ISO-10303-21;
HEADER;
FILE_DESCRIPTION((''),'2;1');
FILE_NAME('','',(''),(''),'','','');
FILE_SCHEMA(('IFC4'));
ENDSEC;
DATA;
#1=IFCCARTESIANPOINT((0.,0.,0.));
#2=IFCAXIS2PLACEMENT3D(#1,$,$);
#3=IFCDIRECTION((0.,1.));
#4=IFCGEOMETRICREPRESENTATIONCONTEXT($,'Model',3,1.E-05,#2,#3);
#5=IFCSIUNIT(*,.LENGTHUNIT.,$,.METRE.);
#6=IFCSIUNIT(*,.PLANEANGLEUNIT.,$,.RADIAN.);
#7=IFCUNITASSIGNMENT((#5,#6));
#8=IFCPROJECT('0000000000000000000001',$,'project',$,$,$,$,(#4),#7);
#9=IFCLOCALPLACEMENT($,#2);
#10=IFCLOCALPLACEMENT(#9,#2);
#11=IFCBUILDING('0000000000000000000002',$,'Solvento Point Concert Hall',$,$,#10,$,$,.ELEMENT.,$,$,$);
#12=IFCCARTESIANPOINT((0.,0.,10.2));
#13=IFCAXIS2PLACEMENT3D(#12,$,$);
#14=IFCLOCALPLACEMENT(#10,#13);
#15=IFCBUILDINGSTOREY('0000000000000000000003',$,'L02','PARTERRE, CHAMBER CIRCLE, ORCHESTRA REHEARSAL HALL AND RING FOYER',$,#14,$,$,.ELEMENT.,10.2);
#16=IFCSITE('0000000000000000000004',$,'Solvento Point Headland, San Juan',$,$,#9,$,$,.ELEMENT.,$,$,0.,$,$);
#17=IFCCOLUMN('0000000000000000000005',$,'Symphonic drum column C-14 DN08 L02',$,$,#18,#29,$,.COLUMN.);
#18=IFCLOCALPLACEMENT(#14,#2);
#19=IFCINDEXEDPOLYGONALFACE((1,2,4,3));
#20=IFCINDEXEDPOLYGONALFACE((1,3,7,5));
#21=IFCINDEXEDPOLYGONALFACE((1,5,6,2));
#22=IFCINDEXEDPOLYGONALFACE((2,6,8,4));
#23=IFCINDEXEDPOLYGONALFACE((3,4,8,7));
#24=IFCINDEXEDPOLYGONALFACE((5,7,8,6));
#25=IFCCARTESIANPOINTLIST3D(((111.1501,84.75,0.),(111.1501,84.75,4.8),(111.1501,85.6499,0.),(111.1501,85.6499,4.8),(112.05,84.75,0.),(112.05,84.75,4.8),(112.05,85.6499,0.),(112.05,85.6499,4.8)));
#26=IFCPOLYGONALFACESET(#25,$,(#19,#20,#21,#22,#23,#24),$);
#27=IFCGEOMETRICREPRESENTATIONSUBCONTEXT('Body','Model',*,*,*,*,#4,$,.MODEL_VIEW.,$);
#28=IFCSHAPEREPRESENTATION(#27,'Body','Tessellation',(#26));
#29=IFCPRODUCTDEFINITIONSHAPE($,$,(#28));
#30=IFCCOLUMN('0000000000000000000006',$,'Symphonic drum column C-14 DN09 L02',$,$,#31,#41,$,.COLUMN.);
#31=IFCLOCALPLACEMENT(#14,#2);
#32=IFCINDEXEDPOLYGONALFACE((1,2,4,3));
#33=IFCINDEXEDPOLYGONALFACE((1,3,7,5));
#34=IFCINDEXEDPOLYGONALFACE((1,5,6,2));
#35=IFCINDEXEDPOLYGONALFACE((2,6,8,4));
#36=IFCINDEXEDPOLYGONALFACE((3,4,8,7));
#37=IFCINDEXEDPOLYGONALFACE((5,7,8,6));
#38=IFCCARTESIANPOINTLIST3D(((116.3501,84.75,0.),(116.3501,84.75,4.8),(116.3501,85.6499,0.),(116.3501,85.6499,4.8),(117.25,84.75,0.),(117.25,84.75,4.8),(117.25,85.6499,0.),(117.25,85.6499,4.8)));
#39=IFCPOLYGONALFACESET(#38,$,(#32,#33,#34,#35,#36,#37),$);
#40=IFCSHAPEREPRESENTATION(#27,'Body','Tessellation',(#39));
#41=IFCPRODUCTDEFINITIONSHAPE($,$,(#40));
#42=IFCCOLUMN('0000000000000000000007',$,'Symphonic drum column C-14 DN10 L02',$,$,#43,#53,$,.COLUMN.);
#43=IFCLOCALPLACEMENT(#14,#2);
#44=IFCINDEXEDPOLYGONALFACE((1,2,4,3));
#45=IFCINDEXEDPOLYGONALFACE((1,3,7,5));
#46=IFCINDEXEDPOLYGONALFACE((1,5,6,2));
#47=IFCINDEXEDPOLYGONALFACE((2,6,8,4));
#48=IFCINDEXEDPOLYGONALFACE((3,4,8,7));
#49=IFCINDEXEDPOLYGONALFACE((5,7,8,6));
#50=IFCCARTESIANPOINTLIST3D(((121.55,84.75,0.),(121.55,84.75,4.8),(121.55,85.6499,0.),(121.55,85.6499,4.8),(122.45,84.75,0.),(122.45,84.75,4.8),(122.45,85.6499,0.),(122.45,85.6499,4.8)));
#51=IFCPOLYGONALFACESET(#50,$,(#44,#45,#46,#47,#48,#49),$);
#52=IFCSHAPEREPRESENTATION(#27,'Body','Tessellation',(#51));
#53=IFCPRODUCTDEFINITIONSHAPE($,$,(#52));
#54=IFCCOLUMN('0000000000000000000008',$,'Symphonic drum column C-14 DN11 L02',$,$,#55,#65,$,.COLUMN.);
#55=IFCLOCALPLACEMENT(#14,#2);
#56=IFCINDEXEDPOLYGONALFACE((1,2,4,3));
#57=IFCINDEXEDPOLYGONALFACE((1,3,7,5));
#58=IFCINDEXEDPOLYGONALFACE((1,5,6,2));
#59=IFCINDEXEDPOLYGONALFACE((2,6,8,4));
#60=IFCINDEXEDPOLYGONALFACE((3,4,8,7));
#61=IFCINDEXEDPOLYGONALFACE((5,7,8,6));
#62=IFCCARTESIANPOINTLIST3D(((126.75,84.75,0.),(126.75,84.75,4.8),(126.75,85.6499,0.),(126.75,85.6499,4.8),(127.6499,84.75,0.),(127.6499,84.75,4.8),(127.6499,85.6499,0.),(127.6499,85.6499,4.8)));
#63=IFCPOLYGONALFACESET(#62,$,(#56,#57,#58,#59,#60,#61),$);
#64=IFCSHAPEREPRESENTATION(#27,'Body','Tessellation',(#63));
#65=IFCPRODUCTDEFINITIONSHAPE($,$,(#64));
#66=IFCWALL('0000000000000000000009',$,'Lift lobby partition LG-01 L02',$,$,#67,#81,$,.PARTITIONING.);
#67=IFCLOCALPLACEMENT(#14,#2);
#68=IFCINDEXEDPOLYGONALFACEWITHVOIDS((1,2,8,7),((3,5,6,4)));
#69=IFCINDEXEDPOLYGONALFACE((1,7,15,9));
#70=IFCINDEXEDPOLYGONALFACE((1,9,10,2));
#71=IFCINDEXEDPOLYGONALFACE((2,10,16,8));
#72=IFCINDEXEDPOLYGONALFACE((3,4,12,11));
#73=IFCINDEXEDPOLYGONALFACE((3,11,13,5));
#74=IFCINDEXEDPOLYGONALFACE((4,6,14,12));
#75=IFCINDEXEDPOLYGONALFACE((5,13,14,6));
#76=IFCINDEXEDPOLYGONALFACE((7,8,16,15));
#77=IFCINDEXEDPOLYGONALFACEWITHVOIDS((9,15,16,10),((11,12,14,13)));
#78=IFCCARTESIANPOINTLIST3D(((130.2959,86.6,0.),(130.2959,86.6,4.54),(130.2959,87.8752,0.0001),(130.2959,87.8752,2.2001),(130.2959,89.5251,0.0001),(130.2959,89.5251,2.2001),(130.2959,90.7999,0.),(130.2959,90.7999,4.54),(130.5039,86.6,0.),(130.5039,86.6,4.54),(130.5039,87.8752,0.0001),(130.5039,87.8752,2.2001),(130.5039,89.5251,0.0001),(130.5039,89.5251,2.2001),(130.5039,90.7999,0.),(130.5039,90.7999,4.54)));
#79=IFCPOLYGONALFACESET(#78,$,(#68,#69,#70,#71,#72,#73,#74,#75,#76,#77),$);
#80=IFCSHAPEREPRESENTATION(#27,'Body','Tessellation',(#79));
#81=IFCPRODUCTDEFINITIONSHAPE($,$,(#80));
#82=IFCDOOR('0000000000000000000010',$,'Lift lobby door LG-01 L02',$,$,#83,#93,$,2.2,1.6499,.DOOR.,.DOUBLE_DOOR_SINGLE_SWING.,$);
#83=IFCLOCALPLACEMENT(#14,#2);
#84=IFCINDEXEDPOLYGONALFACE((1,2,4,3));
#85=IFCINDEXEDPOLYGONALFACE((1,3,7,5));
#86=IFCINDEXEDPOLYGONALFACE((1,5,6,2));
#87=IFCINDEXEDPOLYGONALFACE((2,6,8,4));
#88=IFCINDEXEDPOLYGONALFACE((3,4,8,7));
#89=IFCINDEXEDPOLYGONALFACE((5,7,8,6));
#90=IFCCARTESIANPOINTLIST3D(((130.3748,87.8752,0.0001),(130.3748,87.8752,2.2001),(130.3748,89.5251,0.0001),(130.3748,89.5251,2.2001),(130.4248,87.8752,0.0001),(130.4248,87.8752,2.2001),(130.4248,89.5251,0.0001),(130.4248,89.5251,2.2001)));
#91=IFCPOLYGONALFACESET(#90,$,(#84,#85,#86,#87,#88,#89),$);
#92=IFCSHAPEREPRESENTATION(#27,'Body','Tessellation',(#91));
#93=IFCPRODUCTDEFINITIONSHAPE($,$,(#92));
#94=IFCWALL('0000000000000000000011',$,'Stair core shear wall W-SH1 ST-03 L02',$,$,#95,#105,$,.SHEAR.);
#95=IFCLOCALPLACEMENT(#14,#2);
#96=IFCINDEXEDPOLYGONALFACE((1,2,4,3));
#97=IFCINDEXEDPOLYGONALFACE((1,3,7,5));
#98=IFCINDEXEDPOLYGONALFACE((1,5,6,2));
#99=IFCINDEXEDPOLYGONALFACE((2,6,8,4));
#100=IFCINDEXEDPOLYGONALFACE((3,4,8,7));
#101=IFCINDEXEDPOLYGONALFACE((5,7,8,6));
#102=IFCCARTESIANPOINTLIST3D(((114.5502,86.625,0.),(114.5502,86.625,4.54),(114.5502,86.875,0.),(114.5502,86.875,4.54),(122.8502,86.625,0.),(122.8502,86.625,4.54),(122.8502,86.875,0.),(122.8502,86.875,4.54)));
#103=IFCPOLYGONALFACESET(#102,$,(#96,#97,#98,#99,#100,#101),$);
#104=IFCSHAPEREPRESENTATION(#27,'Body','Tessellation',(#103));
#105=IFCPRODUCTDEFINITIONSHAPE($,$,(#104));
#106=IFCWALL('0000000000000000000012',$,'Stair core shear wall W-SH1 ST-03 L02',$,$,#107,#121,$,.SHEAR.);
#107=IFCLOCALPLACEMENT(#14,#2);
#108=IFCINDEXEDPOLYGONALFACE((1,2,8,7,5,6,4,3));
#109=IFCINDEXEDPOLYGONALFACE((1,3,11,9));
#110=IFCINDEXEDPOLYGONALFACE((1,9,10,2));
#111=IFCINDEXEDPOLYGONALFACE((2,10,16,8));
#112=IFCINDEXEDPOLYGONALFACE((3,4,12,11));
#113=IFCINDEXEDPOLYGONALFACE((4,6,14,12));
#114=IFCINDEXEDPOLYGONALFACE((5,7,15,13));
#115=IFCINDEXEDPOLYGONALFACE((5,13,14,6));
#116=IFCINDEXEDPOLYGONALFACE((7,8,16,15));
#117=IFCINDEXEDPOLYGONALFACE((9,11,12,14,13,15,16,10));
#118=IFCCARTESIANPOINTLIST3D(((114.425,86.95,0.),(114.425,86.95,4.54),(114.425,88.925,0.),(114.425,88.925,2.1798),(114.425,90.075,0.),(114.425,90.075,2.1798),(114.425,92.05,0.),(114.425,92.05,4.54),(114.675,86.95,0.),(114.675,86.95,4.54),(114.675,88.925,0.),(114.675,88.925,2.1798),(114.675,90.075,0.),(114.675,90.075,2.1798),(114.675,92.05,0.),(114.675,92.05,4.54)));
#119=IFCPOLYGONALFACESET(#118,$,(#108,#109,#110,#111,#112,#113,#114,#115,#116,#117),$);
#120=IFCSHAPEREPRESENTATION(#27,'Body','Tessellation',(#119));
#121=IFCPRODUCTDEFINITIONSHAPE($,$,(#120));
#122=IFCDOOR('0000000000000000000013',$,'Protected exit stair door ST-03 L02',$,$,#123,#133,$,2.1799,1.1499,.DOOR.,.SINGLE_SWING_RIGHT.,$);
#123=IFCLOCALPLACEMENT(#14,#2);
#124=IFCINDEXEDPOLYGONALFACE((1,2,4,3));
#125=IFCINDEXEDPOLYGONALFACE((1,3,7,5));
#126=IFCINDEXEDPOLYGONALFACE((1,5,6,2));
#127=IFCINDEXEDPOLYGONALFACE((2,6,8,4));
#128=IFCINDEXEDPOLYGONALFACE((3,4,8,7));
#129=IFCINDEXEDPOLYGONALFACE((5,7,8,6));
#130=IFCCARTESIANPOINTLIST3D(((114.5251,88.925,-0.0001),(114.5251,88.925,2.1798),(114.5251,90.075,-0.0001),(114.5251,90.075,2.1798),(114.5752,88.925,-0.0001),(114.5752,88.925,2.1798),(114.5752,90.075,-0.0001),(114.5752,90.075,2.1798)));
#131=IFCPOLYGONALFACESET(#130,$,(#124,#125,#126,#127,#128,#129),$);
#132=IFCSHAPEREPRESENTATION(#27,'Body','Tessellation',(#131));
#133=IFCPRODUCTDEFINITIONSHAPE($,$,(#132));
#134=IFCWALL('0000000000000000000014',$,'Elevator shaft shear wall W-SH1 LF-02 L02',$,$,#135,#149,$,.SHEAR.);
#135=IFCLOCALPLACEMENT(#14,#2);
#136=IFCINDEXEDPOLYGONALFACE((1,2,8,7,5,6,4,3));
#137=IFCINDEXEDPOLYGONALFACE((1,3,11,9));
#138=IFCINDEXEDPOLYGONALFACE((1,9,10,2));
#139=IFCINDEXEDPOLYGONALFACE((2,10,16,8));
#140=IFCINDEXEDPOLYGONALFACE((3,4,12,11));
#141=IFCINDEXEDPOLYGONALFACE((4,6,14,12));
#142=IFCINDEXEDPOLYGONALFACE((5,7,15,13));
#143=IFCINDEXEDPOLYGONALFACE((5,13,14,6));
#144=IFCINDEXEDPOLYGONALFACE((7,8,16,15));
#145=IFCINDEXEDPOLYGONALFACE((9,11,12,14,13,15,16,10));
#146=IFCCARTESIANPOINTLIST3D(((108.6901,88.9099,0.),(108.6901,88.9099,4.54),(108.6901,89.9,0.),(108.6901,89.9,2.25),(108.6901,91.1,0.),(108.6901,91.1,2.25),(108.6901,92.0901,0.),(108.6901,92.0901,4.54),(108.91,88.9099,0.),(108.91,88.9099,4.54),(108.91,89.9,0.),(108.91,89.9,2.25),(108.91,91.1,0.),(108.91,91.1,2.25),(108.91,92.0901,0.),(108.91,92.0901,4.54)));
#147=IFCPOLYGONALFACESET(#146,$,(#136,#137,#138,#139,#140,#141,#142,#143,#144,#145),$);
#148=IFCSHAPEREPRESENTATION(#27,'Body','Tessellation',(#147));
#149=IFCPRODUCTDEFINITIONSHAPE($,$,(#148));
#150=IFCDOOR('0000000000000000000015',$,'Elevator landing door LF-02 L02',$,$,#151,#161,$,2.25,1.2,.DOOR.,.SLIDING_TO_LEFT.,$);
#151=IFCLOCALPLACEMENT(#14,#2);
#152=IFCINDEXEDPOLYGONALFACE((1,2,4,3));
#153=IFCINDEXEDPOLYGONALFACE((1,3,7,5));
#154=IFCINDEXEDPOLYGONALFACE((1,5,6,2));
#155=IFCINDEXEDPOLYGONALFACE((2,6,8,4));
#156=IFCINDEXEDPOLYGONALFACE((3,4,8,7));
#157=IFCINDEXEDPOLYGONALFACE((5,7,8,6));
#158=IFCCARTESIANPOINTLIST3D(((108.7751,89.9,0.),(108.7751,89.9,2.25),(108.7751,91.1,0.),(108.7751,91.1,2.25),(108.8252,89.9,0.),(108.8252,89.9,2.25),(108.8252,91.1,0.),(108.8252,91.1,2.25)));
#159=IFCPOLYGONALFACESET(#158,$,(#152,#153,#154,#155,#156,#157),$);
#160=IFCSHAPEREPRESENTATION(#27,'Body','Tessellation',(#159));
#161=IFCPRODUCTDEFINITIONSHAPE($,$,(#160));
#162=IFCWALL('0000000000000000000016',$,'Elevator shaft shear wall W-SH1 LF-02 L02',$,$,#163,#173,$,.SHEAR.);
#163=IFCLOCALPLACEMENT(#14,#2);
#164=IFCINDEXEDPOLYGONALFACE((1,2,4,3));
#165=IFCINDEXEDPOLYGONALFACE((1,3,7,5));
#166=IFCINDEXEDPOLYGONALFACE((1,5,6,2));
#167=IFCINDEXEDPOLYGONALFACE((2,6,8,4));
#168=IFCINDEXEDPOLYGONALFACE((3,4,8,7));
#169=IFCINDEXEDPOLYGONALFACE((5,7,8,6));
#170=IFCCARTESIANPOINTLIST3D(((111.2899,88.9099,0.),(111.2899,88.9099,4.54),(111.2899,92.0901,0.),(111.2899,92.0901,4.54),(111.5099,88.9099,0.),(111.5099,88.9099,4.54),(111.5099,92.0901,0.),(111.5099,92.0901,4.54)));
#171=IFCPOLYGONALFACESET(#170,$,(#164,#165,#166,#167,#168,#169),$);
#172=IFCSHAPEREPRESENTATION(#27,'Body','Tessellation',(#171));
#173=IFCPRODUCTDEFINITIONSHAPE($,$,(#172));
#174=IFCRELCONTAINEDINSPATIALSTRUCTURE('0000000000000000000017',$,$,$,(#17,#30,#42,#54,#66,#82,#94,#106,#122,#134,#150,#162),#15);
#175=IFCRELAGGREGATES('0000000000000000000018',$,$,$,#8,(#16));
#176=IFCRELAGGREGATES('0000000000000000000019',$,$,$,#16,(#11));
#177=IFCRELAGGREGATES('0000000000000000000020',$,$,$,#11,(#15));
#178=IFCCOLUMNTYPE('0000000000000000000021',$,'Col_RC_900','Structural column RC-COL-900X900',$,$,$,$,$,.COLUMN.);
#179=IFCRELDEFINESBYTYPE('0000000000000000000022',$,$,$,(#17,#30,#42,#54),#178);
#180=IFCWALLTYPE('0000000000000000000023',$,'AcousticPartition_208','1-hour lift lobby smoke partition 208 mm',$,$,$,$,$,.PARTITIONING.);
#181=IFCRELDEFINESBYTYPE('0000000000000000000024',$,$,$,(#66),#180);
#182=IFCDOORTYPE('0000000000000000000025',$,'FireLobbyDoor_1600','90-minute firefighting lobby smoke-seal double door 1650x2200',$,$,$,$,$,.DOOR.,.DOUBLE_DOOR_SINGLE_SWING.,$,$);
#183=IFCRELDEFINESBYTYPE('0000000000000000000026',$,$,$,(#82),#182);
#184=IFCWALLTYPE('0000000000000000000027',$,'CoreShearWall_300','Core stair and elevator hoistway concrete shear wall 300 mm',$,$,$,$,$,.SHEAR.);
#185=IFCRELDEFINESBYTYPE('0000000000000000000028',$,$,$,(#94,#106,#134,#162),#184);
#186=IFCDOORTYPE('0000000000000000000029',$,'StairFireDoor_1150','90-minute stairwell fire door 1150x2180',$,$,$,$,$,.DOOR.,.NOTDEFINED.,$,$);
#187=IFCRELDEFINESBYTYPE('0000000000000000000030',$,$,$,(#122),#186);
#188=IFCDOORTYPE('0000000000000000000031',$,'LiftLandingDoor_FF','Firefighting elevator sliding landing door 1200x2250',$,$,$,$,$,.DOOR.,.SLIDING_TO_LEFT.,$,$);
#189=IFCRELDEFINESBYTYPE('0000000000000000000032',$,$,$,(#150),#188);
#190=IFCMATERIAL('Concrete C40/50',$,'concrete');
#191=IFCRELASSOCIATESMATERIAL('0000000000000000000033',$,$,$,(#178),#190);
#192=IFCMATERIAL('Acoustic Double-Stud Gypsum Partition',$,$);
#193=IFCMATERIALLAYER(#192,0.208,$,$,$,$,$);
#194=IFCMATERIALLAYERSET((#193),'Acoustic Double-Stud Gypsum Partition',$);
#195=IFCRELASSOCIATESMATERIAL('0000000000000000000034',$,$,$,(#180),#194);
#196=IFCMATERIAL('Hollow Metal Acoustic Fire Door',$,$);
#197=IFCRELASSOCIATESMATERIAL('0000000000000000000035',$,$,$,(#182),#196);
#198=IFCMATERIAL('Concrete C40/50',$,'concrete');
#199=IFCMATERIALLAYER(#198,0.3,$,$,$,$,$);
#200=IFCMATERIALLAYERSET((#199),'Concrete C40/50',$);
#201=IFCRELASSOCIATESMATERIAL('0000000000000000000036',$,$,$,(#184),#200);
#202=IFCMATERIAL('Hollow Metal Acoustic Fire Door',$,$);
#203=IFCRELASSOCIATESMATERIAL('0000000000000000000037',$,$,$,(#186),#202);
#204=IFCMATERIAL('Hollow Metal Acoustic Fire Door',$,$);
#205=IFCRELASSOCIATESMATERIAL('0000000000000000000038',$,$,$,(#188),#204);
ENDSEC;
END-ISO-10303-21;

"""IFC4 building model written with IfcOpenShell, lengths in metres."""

from ifc_helpers import new_model, si_unit, direction, frame, frame_2d, origin, origin_2d, place, context, subcontext, project, spatial, rectangle, extrude, material, layer, layer_set, material_profile, profile_set, type_object, element, fill, save


model = new_model("IFC4")

# Units and contexts
model_context = context("Model", 3, precision=1e-05, world=origin(), true_north=direction((0.0, 1.0)))
body_context = subcontext(model_context, "Body", "Model", "MODEL_VIEW")
ifc_project = project(units=[si_unit("LENGTHUNIT", "METRE"), si_unit("PLANEANGLEUNIT", "RADIAN")], contexts=[model_context])

# Site, building, storey
site_placement = place(None, origin())
site = spatial("IfcSite", under=ifc_project, at=site_placement, Name="Solvento Point Headland, San Juan", CompositionType="ELEMENT", RefElevation=0.0)
building_placement = place(site_placement, origin())
building = spatial("IfcBuilding", under=site, at=building_placement, Name="Solvento Point Concert Hall", CompositionType="ELEMENT")
storey_placement = place(building_placement, frame((0.0, 0.0, 10.2)))
storey = spatial("IfcBuildingStorey", under=building, at=storey_placement, Name="L02", Description="PARTERRE, CHAMBER CIRCLE, ORCHESTRA REHEARSAL HALL AND RING FOYER", CompositionType="ELEMENT", Elevation=10.2)

# Columns
ifc_material_1 = material(Name="Concrete C40/50", Category="concrete")
ifc_material_profile = material_profile(ifc_material_1, rectangle(XDim=0.8999, YDim=0.8999, at=origin_2d()), Name="RC-COL-900X900")
ifc_profile_set = profile_set([ifc_material_profile], Name="Concrete C40/50")
column_type = type_object("IfcColumnType", Name="Col_RC_900", Description="Structural column RC-COL-900X900", PredefinedType="COLUMN", material=ifc_profile_set)
for number, where, z_axis, x_axis, name in (
    (1, (111.6001, 85.2, 0.0), (0.0, 0.0, 1.0), (1.0, 0.0, 0.0), "Symphonic drum column C-14 DN08 L02"),
    (2, (116.8, 85.2, 0.0), (0.0, 0.0, 1.0), (1.0, 0.0, 0.0), "Symphonic drum column C-14 DN09 L02"),
    (3, (122.0, 85.2, 0.0), (0.0, 0.0, 1.0), (1.0, 0.0, 0.0), "Symphonic drum column C-14 DN10 L02"),
    (4, (127.2, 85.2, 0.0), (0.0, 0.0, 1.0), (1.0, 0.0, 0.0), "Symphonic drum column C-14 DN11 L02"),
):
    element("IfcColumn", number, at=place(storey_placement, frame(where, z_axis=z_axis, x_axis=x_axis)), inside=storey, type_object=column_type, Name=name, PredefinedType="COLUMN", context=body_context, shape_type="SweptSolid", body=[
        extrude(rectangle(XDim=0.8999, YDim=0.8999, at=origin_2d()), origin(), (0.0, 0.0, 1.0), 4.8),
    ])

# Wall, opening, door
ifc_material_2 = material(Name="Acoustic Double-Stud Gypsum Partition")
ifc_layer_1 = layer(ifc_material_2, 0.208)
ifc_layer_set_1 = layer_set([ifc_layer_1], Name="Acoustic Double-Stud Gypsum Partition")
wall_type_1 = type_object("IfcWallType", Name="AcousticPartition_208", Description="1-hour lift lobby smoke partition 208 mm", PredefinedType="PARTITIONING", material=ifc_layer_set_1)
wall_1_placement = place(storey_placement, frame((130.3999, 90.8, 0.0), z_axis=(0.0, 0.0, 1.0), x_axis=(0.0, -1.0, 0.0)))
wall_1 = element("IfcWall", 5, at=wall_1_placement, inside=storey, type_object=wall_type_1, Name="Lift lobby partition LG-01 L02", PredefinedType="PARTITIONING", context=body_context, shape_type="SweptSolid", body=[
    extrude(rectangle(XDim=4.2, YDim=0.208, at=frame_2d((2.1001, 0.0))), origin(), (0.0, 0.0, 1.0), 4.54),
])
opening_1_placement = place(wall_1_placement, frame((1.2749, 0.0, 0.0)))
opening_1 = element("IfcOpeningElement", 6, at=opening_1_placement, cuts=wall_1, PredefinedType="OPENING", context=body_context, shape_type="SweptSolid", body=[
    extrude(rectangle(XDim=1.6499, YDim=2.2, at=frame_2d((0.825, 1.1001))), frame((0.0, 0.114, 0.0), z_axis=(0.0, -1.0, 0.0), x_axis=(1.0, 0.0, 0.0)), (0.0, 0.0, 1.0), 0.228),
])
ifc_material_3 = material(Name="Hollow Metal Acoustic Fire Door")
door_type_1 = type_object("IfcDoorType", Name="FireLobbyDoor_1600", Description="90-minute firefighting lobby smoke-seal double door 1650x2200", OperationType="DOUBLE_DOOR_SINGLE_SWING", PredefinedType="DOOR", material=ifc_material_3)
door_1_placement = place(opening_1_placement, origin())
door_1 = element("IfcDoor", 7, at=door_1_placement, inside=storey, type_object=door_type_1, Name="Lift lobby door LG-01 L02", OperationType="DOUBLE_DOOR_SINGLE_SWING", OverallHeight=2.2, OverallWidth=1.6499, PredefinedType="DOOR", context=body_context, shape_type="SweptSolid", body=[
    extrude(rectangle(XDim=1.6499, YDim=2.2, at=frame_2d((0.825, 1.1001))), frame((0.0, 0.0249, 0.0), z_axis=(0.0, -1.0, 0.0), x_axis=(1.0, 0.0, 0.0)), (0.0, 0.0, 1.0), 0.05),
])
fill(opening_1, door_1)

# Wall
ifc_material_4 = material(Name="Concrete C40/50", Category="concrete")
ifc_layer_2 = layer(ifc_material_4, 0.3)
ifc_layer_set_2 = layer_set([ifc_layer_2], Name="Concrete C40/50")
wall_type_2 = type_object("IfcWallType", Name="CoreShearWall_300", Description="Core stair and elevator hoistway concrete shear wall 300 mm", PredefinedType="SHEAR", material=ifc_layer_set_2)
wall_2_placement = place(storey_placement, frame((122.8501, 86.75, 0.0), z_axis=(0.0, 0.0, 1.0), x_axis=(-1.0, 0.0, 0.0)))
element("IfcWall", 8, at=wall_2_placement, inside=storey, type_object=wall_type_2, Name="Stair core shear wall W-SH1 ST-03 L02", PredefinedType="SHEAR", context=body_context, shape_type="SweptSolid", body=[
    extrude(rectangle(XDim=8.3, YDim=0.25, at=frame_2d((4.1499, 0.0))), origin(), (0.0, 0.0, 1.0), 4.54),
])

# Wall, opening, door
wall_3_placement = place(storey_placement, frame((114.55, 86.95, 0.0), z_axis=(0.0, 0.0, 1.0), x_axis=(0.0, 1.0, 0.0)))
wall_3 = element("IfcWall", 9, at=wall_3_placement, inside=storey, type_object=wall_type_2, Name="Stair core shear wall W-SH1 ST-03 L02", PredefinedType="SHEAR", context=body_context, shape_type="SweptSolid", body=[
    extrude(rectangle(XDim=5.1001, YDim=0.25, at=frame_2d((2.55, 0.0))), origin(), (0.0, 0.0, 1.0), 4.54),
])
opening_2_placement = place(wall_3_placement, frame((1.9751, 0.0, 0.0)))
opening_2 = element("IfcOpeningElement", 10, at=opening_2_placement, cuts=wall_3, PredefinedType="OPENING", context=body_context, shape_type="SweptSolid", body=[
    extrude(rectangle(XDim=1.1499, YDim=2.1799, at=frame_2d((0.575, 1.0898))), frame((0.0, 0.135, 0.0), z_axis=(0.0, -1.0, 0.0), x_axis=(1.0, 0.0, 0.0)), (0.0, 0.0, 1.0), 0.27),
])
ifc_material_5 = material(Name="Hollow Metal Acoustic Fire Door")
door_type_2 = type_object("IfcDoorType", Name="StairFireDoor_1150", Description="90-minute stairwell fire door 1150x2180", OperationType="NOTDEFINED", PredefinedType="DOOR", material=ifc_material_5)
door_2_placement = place(opening_2_placement, origin())
door_2 = element("IfcDoor", 11, at=door_2_placement, inside=storey, type_object=door_type_2, Name="Protected exit stair door ST-03 L02", OperationType="SINGLE_SWING_RIGHT", OverallHeight=2.1799, OverallWidth=1.1499, PredefinedType="DOOR", context=body_context, shape_type="SweptSolid", body=[
    extrude(rectangle(XDim=1.1499, YDim=2.1799, at=frame_2d((0.575, 1.0898))), frame((0.0, 0.0249, 0.0), z_axis=(0.0, -1.0, 0.0), x_axis=(1.0, 0.0, 0.0)), (0.0, 0.0, 1.0), 0.05),
])
fill(opening_2, door_2)

# Wall, opening, door
wall_4_placement = place(storey_placement, frame((108.8, 88.9099, 0.0), z_axis=(0.0, 0.0, 1.0), x_axis=(0.0, 1.0, 0.0)))
wall_4 = element("IfcWall", 12, at=wall_4_placement, inside=storey, type_object=wall_type_2, Name="Elevator shaft shear wall W-SH1 LF-02 L02", PredefinedType="SHEAR", context=body_context, shape_type="SweptSolid", body=[
    extrude(rectangle(XDim=3.1802, YDim=0.22, at=frame_2d((1.5901, 0.0))), origin(), (0.0, 0.0, 1.0), 4.54),
])
opening_3_placement = place(wall_4_placement, frame((0.99, 0.0, 0.0)))
opening_3 = element("IfcOpeningElement", 13, at=opening_3_placement, cuts=wall_4, PredefinedType="OPENING", context=body_context, shape_type="SweptSolid", body=[
    extrude(rectangle(XDim=1.2, YDim=2.25, at=frame_2d((0.6001, 1.125))), frame((0.0, 0.1199, 0.0), z_axis=(0.0, -1.0, 0.0), x_axis=(1.0, 0.0, 0.0)), (0.0, 0.0, 1.0), 0.24),
])
ifc_material_6 = material(Name="Hollow Metal Acoustic Fire Door")
door_type_3 = type_object("IfcDoorType", Name="LiftLandingDoor_FF", Description="Firefighting elevator sliding landing door 1200x2250", OperationType="SLIDING_TO_LEFT", PredefinedType="DOOR", material=ifc_material_6)
door_3_placement = place(opening_3_placement, origin())
door_3 = element("IfcDoor", 14, at=door_3_placement, inside=storey, type_object=door_type_3, Name="Elevator landing door LF-02 L02", OperationType="SLIDING_TO_LEFT", OverallHeight=2.25, OverallWidth=1.2, PredefinedType="DOOR", context=body_context, shape_type="SweptSolid", body=[
    extrude(rectangle(XDim=1.2, YDim=2.25, at=frame_2d((0.6001, 1.125))), frame((0.0, 0.0249, 0.0), z_axis=(0.0, -1.0, 0.0), x_axis=(1.0, 0.0, 0.0)), (0.0, 0.0, 1.0), 0.05),
])
fill(opening_3, door_3)

# Wall
wall_5_placement = place(storey_placement, frame((111.3999, 88.9099, 0.0), z_axis=(0.0, 0.0, 1.0), x_axis=(0.0, 1.0, 0.0)))
element("IfcWall", 15, at=wall_5_placement, inside=storey, type_object=wall_type_2, Name="Elevator shaft shear wall W-SH1 LF-02 L02", PredefinedType="SHEAR", context=body_context, shape_type="SweptSolid", body=[
    extrude(rectangle(XDim=3.1802, YDim=0.22, at=frame_2d((1.5901, 0.0))), origin(), (0.0, 0.0, 1.0), 4.54),
])

save(model, "model.ifc")
